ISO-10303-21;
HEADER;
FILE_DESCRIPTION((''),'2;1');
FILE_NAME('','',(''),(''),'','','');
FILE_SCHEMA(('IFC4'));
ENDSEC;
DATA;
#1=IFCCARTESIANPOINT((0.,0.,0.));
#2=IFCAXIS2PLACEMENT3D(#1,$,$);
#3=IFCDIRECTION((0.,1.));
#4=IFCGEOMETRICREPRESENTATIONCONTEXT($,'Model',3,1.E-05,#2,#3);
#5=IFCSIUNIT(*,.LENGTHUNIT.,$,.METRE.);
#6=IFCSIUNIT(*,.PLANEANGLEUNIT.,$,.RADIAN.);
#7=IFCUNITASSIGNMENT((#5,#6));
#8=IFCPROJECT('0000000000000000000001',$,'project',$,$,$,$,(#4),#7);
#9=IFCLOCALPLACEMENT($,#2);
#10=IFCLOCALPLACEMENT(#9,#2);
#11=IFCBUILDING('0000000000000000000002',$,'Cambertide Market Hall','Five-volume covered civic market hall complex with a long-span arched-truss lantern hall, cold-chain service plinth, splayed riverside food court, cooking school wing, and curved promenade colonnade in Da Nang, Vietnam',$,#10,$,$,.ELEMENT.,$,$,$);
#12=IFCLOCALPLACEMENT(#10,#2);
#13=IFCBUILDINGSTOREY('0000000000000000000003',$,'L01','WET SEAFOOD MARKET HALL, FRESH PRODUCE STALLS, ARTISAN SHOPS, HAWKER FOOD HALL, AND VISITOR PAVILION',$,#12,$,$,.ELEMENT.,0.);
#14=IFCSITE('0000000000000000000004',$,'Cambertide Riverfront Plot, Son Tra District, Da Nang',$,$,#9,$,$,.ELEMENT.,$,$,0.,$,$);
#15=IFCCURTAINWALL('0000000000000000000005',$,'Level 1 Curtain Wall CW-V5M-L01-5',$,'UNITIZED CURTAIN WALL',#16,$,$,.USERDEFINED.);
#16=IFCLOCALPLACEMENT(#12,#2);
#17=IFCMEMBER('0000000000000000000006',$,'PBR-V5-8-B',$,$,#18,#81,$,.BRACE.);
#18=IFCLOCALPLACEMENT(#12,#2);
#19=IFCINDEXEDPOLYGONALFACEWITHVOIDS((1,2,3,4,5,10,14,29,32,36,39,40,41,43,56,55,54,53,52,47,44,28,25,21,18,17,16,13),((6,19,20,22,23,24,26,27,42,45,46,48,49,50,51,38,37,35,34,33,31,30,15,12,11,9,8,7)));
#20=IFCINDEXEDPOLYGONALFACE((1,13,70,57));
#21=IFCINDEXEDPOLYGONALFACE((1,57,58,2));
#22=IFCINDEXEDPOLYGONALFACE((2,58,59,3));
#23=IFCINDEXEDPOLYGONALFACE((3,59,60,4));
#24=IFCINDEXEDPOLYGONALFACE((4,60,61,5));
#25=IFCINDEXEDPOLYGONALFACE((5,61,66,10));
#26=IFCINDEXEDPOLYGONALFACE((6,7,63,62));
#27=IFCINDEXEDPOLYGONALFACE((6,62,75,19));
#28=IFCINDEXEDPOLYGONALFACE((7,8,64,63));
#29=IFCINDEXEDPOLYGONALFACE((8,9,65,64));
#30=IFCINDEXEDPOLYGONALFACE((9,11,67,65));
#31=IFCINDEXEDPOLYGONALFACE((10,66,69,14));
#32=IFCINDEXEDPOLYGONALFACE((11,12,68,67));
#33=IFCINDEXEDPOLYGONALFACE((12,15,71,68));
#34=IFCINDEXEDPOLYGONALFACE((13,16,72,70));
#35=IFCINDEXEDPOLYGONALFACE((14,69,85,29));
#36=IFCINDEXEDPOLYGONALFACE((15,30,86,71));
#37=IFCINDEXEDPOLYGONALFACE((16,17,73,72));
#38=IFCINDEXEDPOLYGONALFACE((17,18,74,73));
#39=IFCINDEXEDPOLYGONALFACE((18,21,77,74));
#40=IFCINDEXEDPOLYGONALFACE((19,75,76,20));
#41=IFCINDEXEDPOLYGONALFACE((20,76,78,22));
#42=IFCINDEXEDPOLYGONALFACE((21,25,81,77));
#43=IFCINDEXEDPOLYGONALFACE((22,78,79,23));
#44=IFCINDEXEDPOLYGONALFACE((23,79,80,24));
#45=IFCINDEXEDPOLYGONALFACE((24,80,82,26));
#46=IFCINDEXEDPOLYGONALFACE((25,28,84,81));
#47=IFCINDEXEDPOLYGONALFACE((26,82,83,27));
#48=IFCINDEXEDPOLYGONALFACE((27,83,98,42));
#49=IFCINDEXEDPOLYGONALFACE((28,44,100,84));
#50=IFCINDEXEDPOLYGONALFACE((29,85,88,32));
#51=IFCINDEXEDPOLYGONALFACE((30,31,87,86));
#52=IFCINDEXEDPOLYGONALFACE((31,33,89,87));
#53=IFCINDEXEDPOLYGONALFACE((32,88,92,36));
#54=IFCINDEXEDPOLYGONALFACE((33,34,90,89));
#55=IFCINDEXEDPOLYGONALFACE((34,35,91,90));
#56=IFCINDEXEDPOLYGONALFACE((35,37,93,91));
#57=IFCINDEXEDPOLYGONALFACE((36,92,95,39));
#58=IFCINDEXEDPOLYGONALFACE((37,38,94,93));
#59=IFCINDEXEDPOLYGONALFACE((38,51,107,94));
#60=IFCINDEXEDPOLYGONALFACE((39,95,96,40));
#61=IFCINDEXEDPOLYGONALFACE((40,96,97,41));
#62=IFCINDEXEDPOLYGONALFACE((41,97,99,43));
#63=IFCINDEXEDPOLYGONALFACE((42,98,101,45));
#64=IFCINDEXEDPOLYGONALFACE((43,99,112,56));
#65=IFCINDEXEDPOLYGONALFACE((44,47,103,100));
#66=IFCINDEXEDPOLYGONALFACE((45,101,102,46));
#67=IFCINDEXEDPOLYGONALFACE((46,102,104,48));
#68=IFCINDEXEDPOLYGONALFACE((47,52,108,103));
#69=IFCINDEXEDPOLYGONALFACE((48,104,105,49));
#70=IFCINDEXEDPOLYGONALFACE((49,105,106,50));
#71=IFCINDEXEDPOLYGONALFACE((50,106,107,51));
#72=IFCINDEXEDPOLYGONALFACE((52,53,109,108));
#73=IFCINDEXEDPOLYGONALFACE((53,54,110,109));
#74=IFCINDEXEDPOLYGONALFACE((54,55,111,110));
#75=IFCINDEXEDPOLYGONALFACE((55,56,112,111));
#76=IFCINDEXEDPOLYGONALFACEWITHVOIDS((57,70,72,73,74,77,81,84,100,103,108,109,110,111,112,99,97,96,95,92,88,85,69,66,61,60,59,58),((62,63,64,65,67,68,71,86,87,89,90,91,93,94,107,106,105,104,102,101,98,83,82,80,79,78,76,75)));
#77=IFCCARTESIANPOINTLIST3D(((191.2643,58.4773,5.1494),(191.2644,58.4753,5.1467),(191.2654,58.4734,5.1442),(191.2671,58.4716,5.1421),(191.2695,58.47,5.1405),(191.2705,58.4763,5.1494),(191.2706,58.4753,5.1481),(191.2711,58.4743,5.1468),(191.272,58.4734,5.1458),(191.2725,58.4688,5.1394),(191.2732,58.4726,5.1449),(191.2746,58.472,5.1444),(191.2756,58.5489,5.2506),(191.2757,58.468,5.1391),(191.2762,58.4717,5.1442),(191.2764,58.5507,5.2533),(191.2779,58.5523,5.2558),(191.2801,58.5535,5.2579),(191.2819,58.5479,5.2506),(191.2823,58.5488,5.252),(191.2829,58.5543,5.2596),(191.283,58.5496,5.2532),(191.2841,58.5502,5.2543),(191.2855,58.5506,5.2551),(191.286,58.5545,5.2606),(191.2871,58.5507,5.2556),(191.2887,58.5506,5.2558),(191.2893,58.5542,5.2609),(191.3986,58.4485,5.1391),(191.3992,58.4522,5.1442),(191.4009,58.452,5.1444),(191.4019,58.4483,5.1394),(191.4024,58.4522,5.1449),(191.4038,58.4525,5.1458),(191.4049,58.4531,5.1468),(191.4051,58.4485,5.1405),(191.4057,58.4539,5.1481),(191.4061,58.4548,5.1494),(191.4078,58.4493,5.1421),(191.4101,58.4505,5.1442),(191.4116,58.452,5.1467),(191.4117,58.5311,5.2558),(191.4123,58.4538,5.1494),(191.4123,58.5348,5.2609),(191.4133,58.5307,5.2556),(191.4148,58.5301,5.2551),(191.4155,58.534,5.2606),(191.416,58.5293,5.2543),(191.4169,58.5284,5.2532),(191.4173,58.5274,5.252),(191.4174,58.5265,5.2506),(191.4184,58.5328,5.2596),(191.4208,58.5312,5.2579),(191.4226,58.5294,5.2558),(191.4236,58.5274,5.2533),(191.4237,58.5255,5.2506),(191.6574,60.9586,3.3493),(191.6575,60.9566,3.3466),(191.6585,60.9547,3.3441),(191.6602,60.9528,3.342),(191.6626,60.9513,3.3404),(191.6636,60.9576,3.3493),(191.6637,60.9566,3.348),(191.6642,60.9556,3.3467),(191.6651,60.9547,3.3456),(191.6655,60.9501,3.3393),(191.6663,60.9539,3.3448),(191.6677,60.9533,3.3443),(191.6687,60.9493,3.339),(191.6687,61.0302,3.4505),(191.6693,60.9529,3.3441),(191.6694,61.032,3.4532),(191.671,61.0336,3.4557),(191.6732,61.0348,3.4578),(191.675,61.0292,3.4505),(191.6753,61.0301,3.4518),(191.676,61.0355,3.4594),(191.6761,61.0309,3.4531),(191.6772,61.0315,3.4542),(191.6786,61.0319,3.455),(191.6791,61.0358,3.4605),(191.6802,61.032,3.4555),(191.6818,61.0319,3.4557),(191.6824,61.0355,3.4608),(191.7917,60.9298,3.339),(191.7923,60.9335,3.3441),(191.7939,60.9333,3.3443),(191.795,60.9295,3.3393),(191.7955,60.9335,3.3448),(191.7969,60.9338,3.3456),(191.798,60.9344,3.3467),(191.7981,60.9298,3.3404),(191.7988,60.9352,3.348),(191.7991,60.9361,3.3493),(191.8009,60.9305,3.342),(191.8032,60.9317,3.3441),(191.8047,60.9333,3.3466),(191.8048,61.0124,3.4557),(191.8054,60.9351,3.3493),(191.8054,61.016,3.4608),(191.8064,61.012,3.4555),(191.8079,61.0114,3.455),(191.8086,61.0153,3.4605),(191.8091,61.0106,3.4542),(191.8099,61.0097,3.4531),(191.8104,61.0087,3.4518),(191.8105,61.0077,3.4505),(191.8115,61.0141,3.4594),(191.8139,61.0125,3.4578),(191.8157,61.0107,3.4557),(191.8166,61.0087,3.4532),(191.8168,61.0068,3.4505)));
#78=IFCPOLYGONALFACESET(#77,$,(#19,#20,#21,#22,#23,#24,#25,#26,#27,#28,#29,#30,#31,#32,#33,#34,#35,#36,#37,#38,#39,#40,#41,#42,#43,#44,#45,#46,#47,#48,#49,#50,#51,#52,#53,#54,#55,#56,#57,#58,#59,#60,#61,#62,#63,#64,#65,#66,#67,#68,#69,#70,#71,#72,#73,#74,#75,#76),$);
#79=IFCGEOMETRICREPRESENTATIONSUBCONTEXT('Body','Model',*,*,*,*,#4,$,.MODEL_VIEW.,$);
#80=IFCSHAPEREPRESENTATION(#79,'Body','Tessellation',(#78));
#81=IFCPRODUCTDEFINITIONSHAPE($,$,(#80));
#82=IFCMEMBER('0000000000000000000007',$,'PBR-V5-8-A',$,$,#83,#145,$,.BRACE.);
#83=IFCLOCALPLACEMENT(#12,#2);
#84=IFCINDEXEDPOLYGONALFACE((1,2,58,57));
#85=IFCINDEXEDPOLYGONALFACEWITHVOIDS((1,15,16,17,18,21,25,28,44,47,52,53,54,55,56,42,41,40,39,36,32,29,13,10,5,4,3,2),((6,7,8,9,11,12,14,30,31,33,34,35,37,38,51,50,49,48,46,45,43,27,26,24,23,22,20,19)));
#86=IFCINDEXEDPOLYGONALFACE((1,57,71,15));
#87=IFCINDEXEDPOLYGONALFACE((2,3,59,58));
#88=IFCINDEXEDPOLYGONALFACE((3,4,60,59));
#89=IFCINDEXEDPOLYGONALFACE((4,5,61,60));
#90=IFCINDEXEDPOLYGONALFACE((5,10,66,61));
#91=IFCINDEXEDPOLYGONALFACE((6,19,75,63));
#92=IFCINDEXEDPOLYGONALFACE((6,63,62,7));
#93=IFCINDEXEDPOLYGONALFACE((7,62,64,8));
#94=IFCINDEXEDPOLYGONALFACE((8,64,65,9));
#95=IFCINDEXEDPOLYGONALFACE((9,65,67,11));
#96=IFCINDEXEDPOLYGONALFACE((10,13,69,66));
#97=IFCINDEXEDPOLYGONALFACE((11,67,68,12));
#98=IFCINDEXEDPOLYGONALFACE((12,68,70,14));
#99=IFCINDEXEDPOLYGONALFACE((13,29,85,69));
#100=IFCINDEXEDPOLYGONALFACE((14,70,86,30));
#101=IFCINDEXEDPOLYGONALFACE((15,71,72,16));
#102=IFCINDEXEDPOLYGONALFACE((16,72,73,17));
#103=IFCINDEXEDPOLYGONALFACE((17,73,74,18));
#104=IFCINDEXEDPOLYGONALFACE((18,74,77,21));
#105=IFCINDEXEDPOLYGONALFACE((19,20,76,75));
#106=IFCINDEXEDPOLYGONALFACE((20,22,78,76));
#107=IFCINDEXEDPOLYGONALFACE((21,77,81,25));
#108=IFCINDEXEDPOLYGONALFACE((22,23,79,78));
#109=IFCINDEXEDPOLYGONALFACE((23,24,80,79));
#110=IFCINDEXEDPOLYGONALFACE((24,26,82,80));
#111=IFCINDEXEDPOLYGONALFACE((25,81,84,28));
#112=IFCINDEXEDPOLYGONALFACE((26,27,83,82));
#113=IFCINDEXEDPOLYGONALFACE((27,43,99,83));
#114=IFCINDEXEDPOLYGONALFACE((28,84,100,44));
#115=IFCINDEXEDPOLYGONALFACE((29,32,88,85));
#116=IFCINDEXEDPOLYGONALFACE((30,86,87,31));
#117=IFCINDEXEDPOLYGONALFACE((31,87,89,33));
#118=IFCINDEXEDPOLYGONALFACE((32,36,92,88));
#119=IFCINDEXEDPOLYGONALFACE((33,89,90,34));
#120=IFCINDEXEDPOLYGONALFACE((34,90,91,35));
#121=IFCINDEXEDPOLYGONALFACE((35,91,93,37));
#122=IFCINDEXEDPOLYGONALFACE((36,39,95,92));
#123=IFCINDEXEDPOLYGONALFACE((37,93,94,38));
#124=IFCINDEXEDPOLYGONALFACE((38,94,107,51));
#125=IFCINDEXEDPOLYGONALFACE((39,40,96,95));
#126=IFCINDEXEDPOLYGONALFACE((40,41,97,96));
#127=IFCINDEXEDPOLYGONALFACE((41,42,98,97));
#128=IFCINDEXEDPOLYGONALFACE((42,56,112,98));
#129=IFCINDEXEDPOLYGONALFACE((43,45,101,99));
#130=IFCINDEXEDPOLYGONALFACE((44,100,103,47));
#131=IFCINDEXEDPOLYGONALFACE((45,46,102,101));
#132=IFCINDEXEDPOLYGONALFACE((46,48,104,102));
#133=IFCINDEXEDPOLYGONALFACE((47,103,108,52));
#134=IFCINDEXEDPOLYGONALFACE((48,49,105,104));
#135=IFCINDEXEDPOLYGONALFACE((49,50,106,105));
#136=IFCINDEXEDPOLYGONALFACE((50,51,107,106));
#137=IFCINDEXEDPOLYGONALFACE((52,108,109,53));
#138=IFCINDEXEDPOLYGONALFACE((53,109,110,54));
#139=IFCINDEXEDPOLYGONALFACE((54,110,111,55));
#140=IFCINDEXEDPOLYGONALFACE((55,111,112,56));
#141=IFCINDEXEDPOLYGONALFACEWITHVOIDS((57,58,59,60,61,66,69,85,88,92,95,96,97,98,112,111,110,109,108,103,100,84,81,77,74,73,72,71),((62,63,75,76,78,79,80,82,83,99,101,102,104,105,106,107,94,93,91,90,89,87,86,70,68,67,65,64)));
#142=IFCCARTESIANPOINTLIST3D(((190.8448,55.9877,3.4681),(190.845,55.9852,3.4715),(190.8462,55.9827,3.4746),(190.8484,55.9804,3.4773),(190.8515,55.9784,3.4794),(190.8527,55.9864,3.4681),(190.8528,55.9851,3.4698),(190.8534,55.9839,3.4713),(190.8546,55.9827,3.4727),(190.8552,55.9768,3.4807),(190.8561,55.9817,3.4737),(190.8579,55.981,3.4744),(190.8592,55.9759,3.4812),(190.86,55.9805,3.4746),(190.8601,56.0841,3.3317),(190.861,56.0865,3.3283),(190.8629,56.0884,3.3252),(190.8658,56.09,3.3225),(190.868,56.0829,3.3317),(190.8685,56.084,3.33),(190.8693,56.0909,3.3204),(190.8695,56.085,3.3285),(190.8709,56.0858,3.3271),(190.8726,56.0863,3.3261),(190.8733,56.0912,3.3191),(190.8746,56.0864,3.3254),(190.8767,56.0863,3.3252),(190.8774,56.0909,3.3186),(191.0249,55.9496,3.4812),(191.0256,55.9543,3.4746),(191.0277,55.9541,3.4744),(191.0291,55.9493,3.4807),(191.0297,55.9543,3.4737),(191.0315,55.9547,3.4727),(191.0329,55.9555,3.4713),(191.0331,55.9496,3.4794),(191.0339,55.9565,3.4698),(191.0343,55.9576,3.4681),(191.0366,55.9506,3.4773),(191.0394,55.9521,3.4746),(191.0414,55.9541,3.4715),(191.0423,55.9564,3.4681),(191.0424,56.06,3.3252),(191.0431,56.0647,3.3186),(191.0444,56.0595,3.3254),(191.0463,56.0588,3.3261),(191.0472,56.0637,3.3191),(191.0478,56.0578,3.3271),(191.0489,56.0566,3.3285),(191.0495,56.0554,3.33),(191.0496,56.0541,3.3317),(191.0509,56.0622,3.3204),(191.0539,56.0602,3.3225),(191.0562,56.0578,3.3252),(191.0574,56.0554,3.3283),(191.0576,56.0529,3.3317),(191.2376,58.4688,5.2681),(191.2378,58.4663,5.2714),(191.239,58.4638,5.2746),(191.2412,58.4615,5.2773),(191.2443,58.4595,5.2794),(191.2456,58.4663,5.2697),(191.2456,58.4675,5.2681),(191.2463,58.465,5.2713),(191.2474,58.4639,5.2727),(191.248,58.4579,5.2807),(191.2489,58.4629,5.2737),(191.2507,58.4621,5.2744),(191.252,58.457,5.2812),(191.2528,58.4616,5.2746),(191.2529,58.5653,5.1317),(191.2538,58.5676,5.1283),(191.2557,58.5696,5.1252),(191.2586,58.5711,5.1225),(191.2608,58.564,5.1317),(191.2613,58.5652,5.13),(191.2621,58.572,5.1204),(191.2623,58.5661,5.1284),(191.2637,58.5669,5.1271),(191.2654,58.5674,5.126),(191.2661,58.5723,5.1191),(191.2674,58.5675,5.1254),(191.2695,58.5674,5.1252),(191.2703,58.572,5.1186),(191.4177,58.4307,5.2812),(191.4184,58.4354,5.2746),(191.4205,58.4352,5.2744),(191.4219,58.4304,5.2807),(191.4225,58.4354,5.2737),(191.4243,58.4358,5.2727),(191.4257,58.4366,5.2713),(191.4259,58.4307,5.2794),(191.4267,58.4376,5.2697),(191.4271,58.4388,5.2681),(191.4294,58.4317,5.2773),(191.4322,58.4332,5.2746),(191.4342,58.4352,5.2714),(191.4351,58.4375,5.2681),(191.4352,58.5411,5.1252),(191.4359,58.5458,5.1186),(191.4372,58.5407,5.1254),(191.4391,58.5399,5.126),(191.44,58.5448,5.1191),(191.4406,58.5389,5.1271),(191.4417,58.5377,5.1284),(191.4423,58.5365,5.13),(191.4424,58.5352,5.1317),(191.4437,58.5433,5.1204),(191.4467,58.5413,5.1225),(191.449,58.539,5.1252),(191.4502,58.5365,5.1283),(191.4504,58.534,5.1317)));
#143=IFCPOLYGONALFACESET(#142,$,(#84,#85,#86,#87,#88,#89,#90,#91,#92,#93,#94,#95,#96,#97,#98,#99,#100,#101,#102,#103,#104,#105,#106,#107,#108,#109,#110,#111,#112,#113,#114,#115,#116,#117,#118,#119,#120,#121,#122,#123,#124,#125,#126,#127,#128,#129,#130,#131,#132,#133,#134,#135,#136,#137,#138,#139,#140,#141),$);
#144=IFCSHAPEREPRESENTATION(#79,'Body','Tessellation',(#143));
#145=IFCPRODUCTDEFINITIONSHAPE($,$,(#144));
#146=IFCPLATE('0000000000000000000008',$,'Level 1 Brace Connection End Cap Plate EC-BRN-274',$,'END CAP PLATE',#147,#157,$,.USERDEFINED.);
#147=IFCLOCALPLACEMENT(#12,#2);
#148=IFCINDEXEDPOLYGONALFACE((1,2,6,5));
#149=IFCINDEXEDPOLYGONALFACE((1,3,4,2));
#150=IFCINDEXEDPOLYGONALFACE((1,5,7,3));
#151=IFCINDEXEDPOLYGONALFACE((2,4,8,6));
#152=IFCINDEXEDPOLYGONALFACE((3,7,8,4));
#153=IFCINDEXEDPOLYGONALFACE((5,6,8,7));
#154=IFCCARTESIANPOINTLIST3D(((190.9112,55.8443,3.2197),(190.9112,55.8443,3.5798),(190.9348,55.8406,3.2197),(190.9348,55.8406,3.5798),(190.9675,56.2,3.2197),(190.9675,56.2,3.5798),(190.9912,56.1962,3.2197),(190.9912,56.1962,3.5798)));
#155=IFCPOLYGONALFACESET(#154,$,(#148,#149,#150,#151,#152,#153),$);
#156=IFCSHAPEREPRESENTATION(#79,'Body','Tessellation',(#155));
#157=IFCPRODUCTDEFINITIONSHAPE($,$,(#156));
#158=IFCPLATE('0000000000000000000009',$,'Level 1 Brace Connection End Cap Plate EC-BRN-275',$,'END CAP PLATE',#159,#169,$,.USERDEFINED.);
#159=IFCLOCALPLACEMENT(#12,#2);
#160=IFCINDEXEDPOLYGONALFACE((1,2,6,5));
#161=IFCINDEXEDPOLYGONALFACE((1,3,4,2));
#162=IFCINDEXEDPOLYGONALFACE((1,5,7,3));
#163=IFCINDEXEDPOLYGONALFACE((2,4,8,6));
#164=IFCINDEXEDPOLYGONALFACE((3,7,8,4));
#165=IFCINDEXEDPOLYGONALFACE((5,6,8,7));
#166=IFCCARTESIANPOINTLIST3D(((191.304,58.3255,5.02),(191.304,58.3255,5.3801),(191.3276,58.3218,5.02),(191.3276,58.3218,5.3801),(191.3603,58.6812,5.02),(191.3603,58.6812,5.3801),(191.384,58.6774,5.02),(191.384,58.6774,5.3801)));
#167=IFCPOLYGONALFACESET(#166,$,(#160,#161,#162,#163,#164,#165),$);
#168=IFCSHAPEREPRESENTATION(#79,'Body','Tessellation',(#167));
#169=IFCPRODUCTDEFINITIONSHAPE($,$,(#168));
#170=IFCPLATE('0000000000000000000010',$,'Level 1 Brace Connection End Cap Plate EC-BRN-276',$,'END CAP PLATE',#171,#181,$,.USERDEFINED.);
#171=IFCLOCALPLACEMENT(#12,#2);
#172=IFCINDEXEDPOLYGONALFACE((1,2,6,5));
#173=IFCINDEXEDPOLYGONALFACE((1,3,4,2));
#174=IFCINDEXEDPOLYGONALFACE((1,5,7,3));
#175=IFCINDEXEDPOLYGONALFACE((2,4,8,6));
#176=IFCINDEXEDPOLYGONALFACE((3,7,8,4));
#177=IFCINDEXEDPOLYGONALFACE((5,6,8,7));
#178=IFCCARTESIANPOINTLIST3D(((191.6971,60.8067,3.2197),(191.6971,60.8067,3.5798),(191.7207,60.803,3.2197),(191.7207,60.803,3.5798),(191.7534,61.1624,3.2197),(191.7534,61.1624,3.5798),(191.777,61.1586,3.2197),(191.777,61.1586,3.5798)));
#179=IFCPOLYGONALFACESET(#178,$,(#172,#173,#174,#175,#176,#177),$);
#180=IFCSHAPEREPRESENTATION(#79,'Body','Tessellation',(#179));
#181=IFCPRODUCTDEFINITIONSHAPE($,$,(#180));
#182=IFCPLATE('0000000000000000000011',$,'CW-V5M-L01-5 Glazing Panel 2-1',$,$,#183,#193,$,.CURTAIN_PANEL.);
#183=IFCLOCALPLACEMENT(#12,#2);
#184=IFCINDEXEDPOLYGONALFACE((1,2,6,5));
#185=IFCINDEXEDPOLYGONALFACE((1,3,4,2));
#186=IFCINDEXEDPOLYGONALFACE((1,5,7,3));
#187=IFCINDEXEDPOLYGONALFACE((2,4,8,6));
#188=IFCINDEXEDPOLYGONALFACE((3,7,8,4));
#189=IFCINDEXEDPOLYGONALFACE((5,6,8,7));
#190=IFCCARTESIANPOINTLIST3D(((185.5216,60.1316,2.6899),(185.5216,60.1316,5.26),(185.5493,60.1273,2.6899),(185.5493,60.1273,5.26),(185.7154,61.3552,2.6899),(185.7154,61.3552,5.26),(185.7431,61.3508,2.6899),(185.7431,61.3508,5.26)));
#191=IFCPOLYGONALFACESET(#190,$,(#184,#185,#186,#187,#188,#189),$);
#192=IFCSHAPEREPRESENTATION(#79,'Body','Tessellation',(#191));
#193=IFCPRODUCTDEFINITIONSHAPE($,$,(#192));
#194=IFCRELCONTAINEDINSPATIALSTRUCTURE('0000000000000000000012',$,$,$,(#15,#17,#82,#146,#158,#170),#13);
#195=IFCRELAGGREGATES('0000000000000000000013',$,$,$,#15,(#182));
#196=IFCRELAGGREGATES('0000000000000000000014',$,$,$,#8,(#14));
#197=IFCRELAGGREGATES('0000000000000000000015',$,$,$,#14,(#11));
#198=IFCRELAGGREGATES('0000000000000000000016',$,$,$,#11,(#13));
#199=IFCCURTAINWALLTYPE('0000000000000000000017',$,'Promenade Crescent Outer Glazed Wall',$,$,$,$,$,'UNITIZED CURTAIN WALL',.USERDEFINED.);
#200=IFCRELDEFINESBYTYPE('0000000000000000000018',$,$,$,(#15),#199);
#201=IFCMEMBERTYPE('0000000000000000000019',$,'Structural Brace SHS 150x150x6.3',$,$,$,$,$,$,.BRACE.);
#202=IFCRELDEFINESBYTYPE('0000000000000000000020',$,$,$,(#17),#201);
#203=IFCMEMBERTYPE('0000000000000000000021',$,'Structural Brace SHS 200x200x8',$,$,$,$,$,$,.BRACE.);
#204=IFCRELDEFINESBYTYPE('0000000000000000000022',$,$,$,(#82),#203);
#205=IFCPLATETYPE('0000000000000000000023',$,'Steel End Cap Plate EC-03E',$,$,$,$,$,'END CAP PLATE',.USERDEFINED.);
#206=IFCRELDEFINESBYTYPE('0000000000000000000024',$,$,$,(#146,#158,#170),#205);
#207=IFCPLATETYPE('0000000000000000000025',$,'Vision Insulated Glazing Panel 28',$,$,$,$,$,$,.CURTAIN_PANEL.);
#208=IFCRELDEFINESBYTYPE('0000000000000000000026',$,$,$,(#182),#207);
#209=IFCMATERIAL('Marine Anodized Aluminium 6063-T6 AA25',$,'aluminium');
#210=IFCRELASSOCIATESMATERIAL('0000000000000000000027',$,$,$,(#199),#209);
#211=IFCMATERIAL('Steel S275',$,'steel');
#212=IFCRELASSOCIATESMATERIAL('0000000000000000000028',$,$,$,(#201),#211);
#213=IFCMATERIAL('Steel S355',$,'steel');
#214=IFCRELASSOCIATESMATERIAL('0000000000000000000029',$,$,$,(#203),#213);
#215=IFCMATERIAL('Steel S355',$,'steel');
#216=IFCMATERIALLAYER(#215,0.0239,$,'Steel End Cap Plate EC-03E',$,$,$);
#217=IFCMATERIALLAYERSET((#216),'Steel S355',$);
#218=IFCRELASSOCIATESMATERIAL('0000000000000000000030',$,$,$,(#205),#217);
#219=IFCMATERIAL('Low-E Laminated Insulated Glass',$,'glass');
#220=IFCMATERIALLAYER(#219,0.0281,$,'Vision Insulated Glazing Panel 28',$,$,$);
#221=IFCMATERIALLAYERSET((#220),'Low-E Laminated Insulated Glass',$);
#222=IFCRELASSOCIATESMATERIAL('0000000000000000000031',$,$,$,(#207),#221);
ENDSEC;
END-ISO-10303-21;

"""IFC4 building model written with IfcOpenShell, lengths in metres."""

from ifc_helpers import new_model, si_unit, direction, frame, origin, origin_2d, place, context, subcontext, project, spatial, rectangle, hollow_rectangle, extrude, material, layer, layer_set, material_profile, profile_set, type_object, element, aggregate, save


model = new_model("IFC4")

# Units and contexts
model_context = context("Model", 3, precision=1e-05, world=origin(), true_north=direction((0.0, 1.0)))
body_context = subcontext(model_context, "Body", "Model", "MODEL_VIEW")
ifc_project = project(units=[si_unit("LENGTHUNIT", "METRE"), si_unit("PLANEANGLEUNIT", "RADIAN")], contexts=[model_context])

# Site, building, storey
site_placement = place(None, origin())
site = spatial("IfcSite", under=ifc_project, at=site_placement, Name="Cambertide Riverfront Plot, Son Tra District, Da Nang", CompositionType="ELEMENT", RefElevation=0.0)
building_placement = place(site_placement, origin())
building = spatial("IfcBuilding", under=site, at=building_placement, Name="Cambertide Market Hall", Description="Five-volume covered civic market hall complex with a long-span arched-truss lantern hall, cold-chain service plinth, splayed riverside food court, cooking school wing, and curved promenade colonnade in Da Nang, Vietnam", CompositionType="ELEMENT")
storey_placement = place(building_placement, origin())
storey = spatial("IfcBuildingStorey", under=building, at=storey_placement, Name="L01", Description="WET SEAFOOD MARKET HALL, FRESH PRODUCE STALLS, ARTISAN SHOPS, HAWKER FOOD HALL, AND VISITOR PAVILION", CompositionType="ELEMENT", Elevation=0.0)

# Shared definitions
ifc_material_1 = material(Name="Marine Anodized Aluminium 6063-T6 AA25", Category="aluminium")
curtain_wall_type = type_object("IfcCurtainWallType", Name="Promenade Crescent Outer Glazed Wall", ElementType="UNITIZED CURTAIN WALL", PredefinedType="USERDEFINED", material=ifc_material_1)

# Curtain wall
curtain_wall_1_placement = place(storey_placement, origin())
curtain_wall_1 = element("IfcCurtainWall", 1, at=curtain_wall_1_placement, inside=storey, type_object=curtain_wall_type, Name="Level 1 Curtain Wall CW-V5M-L01-5", ObjectType="UNITIZED CURTAIN WALL", PredefinedType="USERDEFINED")

# Members
ifc_material_2 = material(Name="Steel S275", Category="steel")
ifc_material_profile_1 = material_profile(ifc_material_2, hollow_rectangle(XDim=0.1499, YDim=0.1499, WallThickness=0.0063, InnerFilletRadius=0.0063, OuterFilletRadius=0.0127, at=origin_2d()), Name="SHS 150x150x6.3")
ifc_profile_set_1 = profile_set([ifc_material_profile_1], Name="Steel S275")
member_type_1 = type_object("IfcMemberType", Name="Structural Brace SHS 150x150x6.3", PredefinedType="BRACE", material=ifc_profile_set_1)
member_1_placement = place(storey_placement, frame((191.7371, 60.9827, 3.3999), z_axis=(-0.127186, -0.802854, 0.582451), x_axis=(0.987683, -0.156467, 0.0)))
element("IfcMember", 2, at=member_1_placement, inside=storey, type_object=member_type_1, Name="PBR-V5-8-B", PredefinedType="BRACE", context=body_context, shape_type="SweptSolid", body=[
    extrude(hollow_rectangle(XDim=0.1499, YDim=0.1499, WallThickness=0.0063, InnerFilletRadius=0.0063, OuterFilletRadius=0.0127, at=origin_2d()), origin(), (0.0, 0.0, 1.0), 3.0906),
])
ifc_material_3 = material(Name="Steel S355", Category="steel")
ifc_material_profile_2 = material_profile(ifc_material_3, hollow_rectangle(XDim=0.2, YDim=0.2, WallThickness=0.0081, InnerFilletRadius=0.0081, OuterFilletRadius=0.0161, at=origin_2d()), Name="SHS 200x200x8")
ifc_profile_set_2 = profile_set([ifc_material_profile_2], Name="Steel S355")
member_type_2 = type_object("IfcMemberType", Name="Structural Brace SHS 200x200x8", PredefinedType="BRACE", material=ifc_profile_set_2)
member_2_placement = place(storey_placement, frame((190.9512, 56.0203, 3.3999), z_axis=(0.127109, 0.802862, 0.582456), x_axis=(-0.987698, 0.156372, 0.0)))
element("IfcMember", 3, at=member_2_placement, inside=storey, type_object=member_type_2, Name="PBR-V5-8-A", PredefinedType="BRACE", context=body_context, shape_type="SweptSolid", body=[
    extrude(hollow_rectangle(XDim=0.2, YDim=0.2, WallThickness=0.0081, InnerFilletRadius=0.0081, OuterFilletRadius=0.0161, at=origin_2d()), origin(), (0.0, 0.0, 1.0), 3.0903),
])

# Plates
ifc_material_4 = material(Name="Steel S355", Category="steel")
ifc_layer_1 = layer(ifc_material_4, 0.0239, Name="Steel End Cap Plate EC-03E")
ifc_layer_set_1 = layer_set([ifc_layer_1], Name="Steel S355")
plate_type_1 = type_object("IfcPlateType", Name="Steel End Cap Plate EC-03E", ElementType="END CAP PLATE", PredefinedType="USERDEFINED", material=ifc_layer_set_1)
for number, where, z_axis, x_axis, name in (
    (4, (190.9512, 56.0203, 3.2197), (0.0, 0.0, 1.0), (0.156434, 0.987688, 0.0), "Level 1 Brace Connection End Cap Plate EC-BRN-274"),
    (5, (191.344, 58.5015, 5.02), (0.0, 0.0, 1.0), (0.156434, 0.987688, 0.0), "Level 1 Brace Connection End Cap Plate EC-BRN-275"),
    (6, (191.7371, 60.9827, 3.2197), (0.0, 0.0, 1.0), (-0.156434, -0.987688, 0.0), "Level 1 Brace Connection End Cap Plate EC-BRN-276"),
):
    element("IfcPlate", number, at=place(storey_placement, frame(where, z_axis=z_axis, x_axis=x_axis)), inside=storey, type_object=plate_type_1, Name=name, ObjectType="END CAP PLATE", PredefinedType="USERDEFINED", context=body_context, shape_type="SweptSolid", body=[
        extrude(rectangle(XDim=0.3601, YDim=0.0239, at=origin_2d()), origin(), (0.0, 0.0, 1.0), 0.3601),
    ])

# Plate
ifc_material_5 = material(Name="Low-E Laminated Insulated Glass", Category="glass")
ifc_layer_2 = layer(ifc_material_5, 0.0281, Name="Vision Insulated Glazing Panel 28")
ifc_layer_set_2 = layer_set([ifc_layer_2], Name="Low-E Laminated Insulated Glass")
plate_type_2 = type_object("IfcPlateType", Name="Vision Insulated Glazing Panel 28", PredefinedType="CURTAIN_PANEL", material=ifc_layer_set_2)
plate_1_placement = place(storey_placement, frame((185.6323, 60.7412, 2.6899), z_axis=(0.0, 0.0, 1.0), x_axis=(-0.156435, -0.987688, 0.0)))
plate_1 = element("IfcPlate", 7, at=plate_1_placement, type_object=plate_type_2, Name="CW-V5M-L01-5 Glazing Panel 2-1", PredefinedType="CURTAIN_PANEL", context=body_context, shape_type="SweptSolid", body=[
    extrude(rectangle(XDim=1.2388, YDim=0.0281, at=origin_2d()), origin(), (0.0, 0.0, 1.0), 2.5701),
])
aggregate(curtain_wall_1, [plate_1])

save(model, "model.ifc")
